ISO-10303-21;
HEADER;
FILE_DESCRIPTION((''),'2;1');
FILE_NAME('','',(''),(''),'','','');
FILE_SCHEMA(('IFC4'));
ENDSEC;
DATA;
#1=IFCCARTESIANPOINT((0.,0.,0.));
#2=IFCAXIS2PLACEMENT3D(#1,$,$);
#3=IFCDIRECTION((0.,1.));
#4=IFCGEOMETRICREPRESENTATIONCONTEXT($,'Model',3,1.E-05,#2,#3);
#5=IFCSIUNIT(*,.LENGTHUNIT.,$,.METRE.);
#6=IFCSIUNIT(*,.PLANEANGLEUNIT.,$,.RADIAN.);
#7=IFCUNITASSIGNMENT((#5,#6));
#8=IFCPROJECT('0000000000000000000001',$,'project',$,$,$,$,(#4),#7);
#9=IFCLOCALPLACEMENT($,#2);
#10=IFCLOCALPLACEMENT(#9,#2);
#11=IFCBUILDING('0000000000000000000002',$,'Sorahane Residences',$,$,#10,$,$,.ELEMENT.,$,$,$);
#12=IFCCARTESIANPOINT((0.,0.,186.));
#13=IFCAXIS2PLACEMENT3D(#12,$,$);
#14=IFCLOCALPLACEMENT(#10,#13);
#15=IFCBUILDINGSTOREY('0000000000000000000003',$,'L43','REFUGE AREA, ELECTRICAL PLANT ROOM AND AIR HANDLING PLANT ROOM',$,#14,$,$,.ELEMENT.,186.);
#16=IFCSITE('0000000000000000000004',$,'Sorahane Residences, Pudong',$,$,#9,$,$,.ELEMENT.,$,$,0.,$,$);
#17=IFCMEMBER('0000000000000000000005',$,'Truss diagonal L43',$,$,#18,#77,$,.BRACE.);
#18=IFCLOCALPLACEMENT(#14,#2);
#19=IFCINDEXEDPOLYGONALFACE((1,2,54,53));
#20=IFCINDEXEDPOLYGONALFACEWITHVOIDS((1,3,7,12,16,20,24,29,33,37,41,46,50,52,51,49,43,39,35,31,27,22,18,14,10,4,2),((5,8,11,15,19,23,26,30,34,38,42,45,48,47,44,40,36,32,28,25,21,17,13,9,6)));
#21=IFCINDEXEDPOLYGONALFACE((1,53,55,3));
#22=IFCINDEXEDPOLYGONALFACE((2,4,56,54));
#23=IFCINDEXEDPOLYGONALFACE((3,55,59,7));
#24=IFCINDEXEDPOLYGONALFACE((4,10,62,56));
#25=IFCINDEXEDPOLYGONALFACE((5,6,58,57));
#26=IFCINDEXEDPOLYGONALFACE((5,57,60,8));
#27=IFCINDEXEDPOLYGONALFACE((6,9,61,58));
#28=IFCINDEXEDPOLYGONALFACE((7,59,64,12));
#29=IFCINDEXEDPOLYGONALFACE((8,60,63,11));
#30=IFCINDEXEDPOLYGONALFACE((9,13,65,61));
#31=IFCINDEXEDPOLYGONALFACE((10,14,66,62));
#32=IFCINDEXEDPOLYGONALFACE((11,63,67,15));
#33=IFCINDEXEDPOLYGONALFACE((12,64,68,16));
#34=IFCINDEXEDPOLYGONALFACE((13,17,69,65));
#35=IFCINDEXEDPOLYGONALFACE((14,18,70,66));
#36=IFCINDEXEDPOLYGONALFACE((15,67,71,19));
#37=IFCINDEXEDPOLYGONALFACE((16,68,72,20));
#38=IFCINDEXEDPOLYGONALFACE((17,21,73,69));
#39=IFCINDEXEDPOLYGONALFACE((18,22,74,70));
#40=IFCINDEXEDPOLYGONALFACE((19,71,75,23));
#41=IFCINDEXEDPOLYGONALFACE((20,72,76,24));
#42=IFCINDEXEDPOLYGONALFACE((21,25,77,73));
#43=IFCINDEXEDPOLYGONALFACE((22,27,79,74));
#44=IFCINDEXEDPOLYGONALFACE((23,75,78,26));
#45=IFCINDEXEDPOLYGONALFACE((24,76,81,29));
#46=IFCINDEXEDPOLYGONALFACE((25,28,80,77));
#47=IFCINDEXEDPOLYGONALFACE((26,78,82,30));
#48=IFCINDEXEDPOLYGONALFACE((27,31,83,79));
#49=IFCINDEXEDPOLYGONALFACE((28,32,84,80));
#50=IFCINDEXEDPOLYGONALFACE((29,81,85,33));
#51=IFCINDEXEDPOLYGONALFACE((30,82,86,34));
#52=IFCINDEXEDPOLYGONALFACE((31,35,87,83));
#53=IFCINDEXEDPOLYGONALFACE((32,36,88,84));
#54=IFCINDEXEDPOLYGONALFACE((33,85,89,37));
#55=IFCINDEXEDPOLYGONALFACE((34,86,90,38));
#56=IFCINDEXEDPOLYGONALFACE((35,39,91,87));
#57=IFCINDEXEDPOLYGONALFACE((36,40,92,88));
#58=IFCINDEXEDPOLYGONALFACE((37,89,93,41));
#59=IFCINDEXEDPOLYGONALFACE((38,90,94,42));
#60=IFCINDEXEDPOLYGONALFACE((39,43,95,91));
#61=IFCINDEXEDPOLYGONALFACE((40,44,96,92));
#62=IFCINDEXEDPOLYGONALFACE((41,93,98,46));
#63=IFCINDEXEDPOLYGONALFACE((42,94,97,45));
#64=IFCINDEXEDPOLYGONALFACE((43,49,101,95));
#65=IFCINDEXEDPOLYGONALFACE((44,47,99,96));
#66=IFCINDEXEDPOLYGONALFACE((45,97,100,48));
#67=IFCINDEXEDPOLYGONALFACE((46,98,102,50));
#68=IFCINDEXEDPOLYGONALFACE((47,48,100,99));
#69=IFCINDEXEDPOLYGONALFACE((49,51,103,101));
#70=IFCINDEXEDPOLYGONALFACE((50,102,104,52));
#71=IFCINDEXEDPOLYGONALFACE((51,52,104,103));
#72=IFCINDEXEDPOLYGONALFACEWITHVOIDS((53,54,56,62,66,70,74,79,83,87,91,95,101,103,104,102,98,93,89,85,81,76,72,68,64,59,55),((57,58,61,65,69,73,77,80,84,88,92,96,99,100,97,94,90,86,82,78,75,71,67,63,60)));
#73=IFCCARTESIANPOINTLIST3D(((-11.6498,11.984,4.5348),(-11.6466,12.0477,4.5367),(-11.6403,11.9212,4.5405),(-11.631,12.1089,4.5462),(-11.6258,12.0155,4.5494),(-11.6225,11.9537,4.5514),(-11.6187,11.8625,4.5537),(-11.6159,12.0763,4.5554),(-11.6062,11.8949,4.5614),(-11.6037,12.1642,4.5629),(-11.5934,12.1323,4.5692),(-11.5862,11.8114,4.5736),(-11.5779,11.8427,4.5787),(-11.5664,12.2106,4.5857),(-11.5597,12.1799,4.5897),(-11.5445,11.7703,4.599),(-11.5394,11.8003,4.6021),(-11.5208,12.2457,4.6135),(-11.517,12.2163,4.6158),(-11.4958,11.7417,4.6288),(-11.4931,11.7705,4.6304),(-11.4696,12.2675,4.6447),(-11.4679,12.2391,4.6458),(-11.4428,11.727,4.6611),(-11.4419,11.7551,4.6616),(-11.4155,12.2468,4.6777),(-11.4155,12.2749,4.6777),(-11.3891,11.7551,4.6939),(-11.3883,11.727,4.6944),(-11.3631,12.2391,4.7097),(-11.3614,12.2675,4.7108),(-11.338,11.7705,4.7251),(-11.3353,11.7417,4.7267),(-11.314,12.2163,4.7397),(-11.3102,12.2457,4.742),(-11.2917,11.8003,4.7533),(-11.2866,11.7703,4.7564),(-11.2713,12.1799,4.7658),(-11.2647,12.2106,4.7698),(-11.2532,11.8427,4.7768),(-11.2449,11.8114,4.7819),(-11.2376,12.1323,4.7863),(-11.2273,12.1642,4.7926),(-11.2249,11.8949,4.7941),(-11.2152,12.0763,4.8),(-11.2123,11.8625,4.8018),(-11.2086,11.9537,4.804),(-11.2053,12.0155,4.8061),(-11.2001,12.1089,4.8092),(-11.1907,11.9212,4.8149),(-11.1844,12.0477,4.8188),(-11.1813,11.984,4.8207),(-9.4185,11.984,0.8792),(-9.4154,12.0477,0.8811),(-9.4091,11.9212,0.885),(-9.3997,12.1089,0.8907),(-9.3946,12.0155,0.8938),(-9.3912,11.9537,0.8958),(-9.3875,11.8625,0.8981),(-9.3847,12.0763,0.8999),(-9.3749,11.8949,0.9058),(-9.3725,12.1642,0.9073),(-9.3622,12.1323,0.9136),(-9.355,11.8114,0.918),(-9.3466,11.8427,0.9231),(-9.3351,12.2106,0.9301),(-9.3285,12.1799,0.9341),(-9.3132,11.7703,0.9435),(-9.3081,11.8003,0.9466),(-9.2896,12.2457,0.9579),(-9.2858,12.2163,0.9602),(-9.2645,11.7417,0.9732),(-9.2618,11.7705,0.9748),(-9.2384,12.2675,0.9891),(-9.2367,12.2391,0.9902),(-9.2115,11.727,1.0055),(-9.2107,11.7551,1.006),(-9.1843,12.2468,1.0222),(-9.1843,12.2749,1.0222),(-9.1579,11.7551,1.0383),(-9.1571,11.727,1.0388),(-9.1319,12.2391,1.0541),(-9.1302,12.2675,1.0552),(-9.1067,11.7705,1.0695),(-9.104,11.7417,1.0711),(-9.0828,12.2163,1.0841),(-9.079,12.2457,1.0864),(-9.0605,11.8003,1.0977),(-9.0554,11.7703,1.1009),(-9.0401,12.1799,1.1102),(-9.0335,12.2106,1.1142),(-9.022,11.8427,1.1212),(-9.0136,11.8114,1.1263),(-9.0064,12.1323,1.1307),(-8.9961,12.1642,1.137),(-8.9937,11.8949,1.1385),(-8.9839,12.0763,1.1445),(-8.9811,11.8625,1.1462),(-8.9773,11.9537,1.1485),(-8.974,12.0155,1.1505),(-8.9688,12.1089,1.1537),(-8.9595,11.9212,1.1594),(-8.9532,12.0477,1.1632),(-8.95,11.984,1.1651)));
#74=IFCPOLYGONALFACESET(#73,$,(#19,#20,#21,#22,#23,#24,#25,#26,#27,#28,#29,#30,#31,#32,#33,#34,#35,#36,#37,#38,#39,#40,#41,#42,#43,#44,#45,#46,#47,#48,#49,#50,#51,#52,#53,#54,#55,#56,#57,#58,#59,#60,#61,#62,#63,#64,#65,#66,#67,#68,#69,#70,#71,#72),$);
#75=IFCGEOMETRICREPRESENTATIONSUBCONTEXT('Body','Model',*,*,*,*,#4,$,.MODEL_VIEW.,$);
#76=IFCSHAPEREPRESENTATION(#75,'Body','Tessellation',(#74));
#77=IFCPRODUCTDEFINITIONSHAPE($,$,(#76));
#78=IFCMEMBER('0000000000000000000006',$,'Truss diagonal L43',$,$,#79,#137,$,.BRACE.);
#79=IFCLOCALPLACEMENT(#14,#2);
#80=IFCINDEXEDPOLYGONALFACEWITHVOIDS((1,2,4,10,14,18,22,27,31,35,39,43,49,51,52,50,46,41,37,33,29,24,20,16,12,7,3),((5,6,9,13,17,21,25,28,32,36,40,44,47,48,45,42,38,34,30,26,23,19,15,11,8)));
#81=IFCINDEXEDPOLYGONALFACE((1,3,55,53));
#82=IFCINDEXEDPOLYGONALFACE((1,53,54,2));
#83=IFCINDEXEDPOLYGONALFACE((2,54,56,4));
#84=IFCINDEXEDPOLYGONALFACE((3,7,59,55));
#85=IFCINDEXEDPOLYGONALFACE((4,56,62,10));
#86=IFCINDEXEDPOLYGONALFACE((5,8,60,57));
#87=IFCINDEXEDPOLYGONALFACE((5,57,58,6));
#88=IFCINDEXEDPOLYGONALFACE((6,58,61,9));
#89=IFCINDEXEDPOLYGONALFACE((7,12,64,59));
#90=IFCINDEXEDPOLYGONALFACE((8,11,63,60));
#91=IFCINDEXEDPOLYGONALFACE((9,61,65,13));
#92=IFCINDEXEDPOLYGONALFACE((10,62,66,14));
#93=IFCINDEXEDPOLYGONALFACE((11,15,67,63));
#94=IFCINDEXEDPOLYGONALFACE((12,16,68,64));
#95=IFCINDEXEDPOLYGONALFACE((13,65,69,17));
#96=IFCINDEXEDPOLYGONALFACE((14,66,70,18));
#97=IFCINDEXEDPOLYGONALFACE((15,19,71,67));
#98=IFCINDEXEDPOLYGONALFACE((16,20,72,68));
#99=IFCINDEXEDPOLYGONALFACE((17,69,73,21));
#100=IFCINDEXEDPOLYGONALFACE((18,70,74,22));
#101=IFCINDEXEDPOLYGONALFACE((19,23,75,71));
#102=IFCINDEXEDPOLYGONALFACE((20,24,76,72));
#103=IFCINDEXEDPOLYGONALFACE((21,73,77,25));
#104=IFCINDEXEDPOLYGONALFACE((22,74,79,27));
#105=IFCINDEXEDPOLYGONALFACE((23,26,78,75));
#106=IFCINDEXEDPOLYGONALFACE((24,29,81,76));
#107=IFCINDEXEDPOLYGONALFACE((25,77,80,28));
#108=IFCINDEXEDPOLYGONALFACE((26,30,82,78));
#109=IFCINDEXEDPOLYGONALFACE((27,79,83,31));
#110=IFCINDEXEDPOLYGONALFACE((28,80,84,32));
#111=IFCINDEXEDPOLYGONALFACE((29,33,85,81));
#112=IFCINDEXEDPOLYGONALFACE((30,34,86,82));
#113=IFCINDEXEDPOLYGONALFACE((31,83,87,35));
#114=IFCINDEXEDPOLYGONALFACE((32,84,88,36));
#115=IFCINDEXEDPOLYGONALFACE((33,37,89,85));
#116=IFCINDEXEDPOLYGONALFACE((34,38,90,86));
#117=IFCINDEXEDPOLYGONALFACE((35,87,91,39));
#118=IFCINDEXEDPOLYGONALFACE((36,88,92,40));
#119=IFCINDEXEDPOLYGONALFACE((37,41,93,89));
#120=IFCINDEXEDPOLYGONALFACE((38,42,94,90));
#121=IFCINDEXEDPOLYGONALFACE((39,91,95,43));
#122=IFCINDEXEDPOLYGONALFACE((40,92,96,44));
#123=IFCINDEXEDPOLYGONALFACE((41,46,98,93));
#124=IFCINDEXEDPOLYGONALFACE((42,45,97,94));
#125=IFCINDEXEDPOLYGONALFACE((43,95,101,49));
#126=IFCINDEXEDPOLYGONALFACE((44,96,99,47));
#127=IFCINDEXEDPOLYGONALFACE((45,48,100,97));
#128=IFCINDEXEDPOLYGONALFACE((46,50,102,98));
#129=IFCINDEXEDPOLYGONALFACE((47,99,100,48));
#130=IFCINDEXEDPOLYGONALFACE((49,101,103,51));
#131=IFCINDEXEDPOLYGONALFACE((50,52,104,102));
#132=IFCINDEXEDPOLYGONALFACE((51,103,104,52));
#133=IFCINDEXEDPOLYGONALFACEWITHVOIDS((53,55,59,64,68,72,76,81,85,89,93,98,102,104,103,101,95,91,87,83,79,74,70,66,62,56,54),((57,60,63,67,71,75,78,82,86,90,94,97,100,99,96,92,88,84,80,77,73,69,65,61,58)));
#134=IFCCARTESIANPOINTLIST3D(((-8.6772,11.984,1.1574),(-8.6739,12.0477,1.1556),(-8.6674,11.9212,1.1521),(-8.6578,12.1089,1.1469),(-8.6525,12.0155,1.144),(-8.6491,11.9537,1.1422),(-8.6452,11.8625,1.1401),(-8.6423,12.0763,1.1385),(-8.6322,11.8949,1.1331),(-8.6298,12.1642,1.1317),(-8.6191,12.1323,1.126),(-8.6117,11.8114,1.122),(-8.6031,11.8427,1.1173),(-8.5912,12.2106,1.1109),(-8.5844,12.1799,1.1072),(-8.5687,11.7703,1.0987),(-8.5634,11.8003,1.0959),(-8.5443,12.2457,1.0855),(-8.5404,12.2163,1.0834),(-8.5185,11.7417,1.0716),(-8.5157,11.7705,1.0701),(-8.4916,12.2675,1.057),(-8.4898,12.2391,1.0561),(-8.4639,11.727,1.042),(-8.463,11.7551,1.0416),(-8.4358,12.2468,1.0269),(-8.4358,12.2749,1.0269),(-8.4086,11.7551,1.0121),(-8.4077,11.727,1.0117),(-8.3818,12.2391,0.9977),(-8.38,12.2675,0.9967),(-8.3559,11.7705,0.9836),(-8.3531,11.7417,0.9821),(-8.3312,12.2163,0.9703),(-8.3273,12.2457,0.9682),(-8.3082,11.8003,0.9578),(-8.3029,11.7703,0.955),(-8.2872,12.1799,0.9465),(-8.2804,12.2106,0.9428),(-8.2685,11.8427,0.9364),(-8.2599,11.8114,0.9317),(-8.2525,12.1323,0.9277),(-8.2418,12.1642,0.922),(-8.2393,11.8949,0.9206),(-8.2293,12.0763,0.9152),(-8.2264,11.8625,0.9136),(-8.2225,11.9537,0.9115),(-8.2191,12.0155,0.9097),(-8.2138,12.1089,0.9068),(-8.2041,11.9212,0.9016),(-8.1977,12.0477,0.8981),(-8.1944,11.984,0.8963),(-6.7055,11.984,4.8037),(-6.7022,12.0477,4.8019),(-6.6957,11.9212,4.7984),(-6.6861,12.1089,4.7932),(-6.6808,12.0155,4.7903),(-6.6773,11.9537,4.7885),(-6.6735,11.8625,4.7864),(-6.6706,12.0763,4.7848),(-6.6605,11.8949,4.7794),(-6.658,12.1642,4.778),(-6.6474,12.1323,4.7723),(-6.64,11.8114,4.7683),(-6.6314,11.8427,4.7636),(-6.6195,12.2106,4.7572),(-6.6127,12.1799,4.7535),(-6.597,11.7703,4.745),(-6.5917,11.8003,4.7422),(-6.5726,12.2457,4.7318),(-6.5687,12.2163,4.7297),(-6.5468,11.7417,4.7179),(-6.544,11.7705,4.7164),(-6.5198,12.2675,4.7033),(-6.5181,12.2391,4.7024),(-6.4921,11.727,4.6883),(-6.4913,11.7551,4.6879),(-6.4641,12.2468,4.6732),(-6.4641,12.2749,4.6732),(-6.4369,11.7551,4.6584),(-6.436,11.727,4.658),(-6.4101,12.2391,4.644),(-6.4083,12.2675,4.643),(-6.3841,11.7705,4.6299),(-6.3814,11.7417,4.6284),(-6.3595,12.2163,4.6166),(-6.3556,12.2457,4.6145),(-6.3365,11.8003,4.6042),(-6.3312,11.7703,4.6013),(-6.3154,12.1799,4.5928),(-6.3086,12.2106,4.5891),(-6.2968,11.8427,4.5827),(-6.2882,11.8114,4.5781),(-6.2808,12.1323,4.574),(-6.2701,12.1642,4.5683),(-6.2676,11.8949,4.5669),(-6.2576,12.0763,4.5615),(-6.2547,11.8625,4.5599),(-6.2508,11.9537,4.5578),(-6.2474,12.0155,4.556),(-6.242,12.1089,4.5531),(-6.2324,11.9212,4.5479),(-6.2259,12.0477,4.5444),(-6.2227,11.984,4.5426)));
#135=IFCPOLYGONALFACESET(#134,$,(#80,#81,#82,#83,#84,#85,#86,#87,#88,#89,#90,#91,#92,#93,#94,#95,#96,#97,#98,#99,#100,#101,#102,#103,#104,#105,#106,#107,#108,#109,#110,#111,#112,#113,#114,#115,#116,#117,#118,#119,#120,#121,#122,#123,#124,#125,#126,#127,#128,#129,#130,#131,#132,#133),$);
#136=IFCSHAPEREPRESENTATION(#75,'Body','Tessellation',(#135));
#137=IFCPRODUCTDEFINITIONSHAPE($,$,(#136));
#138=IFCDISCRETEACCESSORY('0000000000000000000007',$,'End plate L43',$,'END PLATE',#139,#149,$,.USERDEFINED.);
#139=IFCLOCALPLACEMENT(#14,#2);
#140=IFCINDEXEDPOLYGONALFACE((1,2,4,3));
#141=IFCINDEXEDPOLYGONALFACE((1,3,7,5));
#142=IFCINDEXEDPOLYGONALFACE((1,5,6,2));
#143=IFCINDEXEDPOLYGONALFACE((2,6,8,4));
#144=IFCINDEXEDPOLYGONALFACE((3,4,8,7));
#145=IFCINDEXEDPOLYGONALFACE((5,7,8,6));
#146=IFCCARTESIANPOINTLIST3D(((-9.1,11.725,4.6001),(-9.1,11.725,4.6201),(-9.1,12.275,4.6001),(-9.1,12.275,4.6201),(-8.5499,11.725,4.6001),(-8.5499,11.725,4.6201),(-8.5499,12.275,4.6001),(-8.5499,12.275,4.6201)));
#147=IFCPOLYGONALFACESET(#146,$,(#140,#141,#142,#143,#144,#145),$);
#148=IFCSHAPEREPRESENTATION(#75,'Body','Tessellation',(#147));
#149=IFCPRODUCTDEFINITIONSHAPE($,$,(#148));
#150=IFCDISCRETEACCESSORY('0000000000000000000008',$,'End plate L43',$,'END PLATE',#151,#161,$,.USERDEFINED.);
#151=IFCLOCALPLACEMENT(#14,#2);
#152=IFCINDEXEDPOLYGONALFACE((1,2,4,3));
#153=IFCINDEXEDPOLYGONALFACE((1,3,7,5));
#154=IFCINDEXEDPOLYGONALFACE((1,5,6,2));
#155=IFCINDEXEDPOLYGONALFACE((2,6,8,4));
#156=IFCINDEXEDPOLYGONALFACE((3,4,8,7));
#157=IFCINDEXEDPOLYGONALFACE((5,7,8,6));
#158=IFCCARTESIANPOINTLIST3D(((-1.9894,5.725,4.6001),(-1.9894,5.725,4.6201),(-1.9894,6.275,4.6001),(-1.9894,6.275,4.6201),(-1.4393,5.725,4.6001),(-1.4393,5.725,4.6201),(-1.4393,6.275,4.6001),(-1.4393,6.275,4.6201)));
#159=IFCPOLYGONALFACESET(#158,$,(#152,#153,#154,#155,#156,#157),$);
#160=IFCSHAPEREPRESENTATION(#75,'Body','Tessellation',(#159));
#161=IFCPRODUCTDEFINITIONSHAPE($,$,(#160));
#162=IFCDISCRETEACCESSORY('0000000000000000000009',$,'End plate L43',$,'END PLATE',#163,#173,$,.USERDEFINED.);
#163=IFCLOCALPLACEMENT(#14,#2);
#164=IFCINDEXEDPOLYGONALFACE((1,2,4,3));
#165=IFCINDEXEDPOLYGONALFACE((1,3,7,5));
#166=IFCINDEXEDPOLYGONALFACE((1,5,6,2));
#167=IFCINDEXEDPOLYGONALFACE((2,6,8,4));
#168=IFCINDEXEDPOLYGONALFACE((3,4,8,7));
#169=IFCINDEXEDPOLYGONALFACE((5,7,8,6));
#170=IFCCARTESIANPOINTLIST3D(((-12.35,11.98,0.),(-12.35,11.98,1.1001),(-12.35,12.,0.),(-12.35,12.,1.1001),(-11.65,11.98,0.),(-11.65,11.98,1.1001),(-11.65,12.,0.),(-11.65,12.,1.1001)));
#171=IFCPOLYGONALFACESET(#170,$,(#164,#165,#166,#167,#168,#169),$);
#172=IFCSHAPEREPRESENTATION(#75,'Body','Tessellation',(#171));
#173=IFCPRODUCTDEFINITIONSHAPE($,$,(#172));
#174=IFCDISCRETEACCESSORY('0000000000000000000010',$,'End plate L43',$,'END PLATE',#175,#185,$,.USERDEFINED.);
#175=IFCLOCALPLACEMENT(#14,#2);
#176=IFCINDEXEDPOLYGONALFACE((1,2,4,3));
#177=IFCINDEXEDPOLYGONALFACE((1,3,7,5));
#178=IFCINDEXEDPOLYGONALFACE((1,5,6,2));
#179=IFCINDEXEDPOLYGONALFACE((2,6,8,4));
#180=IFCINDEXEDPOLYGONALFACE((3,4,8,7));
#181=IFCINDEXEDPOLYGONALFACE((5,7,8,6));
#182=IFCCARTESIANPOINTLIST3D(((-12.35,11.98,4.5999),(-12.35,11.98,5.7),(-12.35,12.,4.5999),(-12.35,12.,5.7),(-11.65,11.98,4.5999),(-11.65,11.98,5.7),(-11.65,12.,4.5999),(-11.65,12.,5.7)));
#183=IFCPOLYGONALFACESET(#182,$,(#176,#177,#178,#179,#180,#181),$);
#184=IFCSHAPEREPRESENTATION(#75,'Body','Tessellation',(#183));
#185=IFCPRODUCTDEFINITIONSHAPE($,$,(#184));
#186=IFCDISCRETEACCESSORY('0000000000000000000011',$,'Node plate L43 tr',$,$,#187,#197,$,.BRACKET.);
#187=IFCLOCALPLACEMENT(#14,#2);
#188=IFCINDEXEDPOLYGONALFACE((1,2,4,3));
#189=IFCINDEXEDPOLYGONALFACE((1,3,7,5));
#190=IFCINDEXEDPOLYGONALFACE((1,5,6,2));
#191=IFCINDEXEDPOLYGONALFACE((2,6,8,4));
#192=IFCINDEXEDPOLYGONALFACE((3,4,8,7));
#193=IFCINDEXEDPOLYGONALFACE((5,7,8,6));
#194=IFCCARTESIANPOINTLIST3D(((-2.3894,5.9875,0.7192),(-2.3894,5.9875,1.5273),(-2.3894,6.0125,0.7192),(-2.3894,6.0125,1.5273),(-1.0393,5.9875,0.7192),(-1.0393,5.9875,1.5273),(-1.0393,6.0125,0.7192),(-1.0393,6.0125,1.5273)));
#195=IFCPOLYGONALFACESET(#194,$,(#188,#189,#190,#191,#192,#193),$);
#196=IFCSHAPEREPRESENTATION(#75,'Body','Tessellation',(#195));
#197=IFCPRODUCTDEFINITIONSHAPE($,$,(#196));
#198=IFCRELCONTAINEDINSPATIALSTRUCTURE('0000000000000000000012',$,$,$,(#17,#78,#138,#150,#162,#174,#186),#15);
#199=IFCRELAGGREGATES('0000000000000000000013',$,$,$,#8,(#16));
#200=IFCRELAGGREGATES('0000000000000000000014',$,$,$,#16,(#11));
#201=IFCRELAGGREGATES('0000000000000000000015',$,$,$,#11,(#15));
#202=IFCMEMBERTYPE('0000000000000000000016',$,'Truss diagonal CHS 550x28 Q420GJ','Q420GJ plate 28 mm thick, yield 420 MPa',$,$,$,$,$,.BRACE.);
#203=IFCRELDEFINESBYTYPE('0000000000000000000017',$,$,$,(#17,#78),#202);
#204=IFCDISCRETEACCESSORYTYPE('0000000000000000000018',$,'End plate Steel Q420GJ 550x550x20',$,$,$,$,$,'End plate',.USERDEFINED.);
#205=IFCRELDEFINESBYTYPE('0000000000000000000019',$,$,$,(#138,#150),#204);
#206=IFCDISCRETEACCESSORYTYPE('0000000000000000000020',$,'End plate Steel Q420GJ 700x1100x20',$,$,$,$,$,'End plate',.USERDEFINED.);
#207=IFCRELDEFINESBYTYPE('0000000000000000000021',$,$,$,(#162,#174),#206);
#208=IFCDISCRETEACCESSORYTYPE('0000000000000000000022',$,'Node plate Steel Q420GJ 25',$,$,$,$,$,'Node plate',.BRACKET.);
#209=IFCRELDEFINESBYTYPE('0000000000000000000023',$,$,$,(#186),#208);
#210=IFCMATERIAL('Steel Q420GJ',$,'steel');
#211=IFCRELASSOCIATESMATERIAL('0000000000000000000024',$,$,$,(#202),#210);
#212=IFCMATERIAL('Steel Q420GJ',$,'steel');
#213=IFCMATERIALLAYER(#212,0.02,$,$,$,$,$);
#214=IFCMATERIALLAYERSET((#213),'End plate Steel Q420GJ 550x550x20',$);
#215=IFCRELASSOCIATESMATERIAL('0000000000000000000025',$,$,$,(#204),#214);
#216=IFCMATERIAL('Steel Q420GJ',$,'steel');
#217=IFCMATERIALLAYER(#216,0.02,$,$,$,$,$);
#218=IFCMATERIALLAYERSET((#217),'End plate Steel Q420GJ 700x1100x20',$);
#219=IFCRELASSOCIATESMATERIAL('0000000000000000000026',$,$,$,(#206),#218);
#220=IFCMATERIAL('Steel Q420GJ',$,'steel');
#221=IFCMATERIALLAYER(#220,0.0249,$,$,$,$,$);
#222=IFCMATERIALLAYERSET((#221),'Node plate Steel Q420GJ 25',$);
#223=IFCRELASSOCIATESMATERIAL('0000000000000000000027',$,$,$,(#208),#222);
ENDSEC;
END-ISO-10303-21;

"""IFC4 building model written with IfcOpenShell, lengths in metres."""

from ifc_helpers import new_model, si_unit, direction, frame, origin, origin_2d, place, context, subcontext, project, spatial, rectangle, hollow_circle, extrude, material, layer, layer_set, material_profile, profile_set, type_object, element, save


model = new_model("IFC4")

# Units and contexts
model_context = context("Model", 3, precision=1e-05, world=origin(), true_north=direction((0.0, 1.0)))
body_context = subcontext(model_context, "Body", "Model", "MODEL_VIEW")
ifc_project = project(units=[si_unit("LENGTHUNIT", "METRE"), si_unit("PLANEANGLEUNIT", "RADIAN")], contexts=[model_context])

# Site, building, storey
site_placement = place(None, origin())
site = spatial("IfcSite", under=ifc_project, at=site_placement, Name="Sorahane Residences, Pudong", CompositionType="ELEMENT", RefElevation=0.0)
building_placement = place(site_placement, origin())
building = spatial("IfcBuilding", under=site, at=building_placement, Name="Sorahane Residences", CompositionType="ELEMENT")
storey_placement = place(building_placement, frame((0.0, 0.0, 186.0)))
storey = spatial("IfcBuildingStorey", under=building, at=storey_placement, Name="L43", Description="REFUGE AREA, ELECTRICAL PLANT ROOM AND AIR HANDLING PLANT ROOM", CompositionType="ELEMENT", Elevation=186.0)

# Members
ifc_material_1 = material(Name="Steel Q420GJ", Category="steel")
ifc_material_profile_1 = material_profile(ifc_material_1, hollow_circle(Radius=0.2749, WallThickness=0.0281, at=origin_2d()), Name="CHS 550x28")
ifc_profile_set_1 = profile_set([ifc_material_profile_1], Name="Steel Q420GJ")
member_type = type_object("IfcMemberType", Name="Truss diagonal CHS 550x28 Q420GJ", Description="Q420GJ plate 28 mm thick, yield 420 MPa", PredefinedType="BRACE", material=ifc_profile_set_1)
member_1_placement = place(storey_placement, frame((-11.4155, 12.0, 4.6777), z_axis=(0.520986, 0.0, -0.853565), x_axis=(0.0, 1.0, 0.0)))
element("IfcMember", 1, at=member_1_placement, inside=storey, type_object=member_type, Name="Truss diagonal L43", PredefinedType="BRACE", context=body_context, shape_type="SweptSolid", body=[
    extrude(hollow_circle(Radius=0.2749, WallThickness=0.0281, at=origin_2d()), origin(), (0.0, 0.0, 1.0), 4.2827),
])
member_2_placement = place(storey_placement, frame((-8.4358, 12.0, 1.0269), z_axis=(0.475655, 0.0, 0.879632), x_axis=(0.0, 1.0, 0.0)))
element("IfcMember", 2, at=member_2_placement, inside=storey, type_object=member_type, Name="Truss diagonal L43", PredefinedType="BRACE", context=body_context, shape_type="SweptSolid", body=[
    extrude(hollow_circle(Radius=0.2749, WallThickness=0.0281, at=origin_2d()), origin(), (0.0, 0.0, 1.0), 4.1453),
])

# Discrete accessories
ifc_material_2 = material(Name="Steel Q420GJ", Category="steel")
ifc_layer_1 = layer(ifc_material_2, 0.02)
ifc_layer_set_1 = layer_set([ifc_layer_1], Name="End plate Steel Q420GJ 550x550x20")
discrete_accessory_type_1 = type_object("IfcDiscreteAccessoryType", Name="End plate Steel Q420GJ 550x550x20", ElementType="End plate", PredefinedType="USERDEFINED", material=ifc_layer_set_1)
for number, where, z_axis, x_axis, name in (
    (3, (-8.825, 12.0, 4.6001), (0.0, 0.0, 1.0), (1.0, 0.0, 0.0), "End plate L43"),
    (4, (-1.7144, 6.0, 4.6001), (0.0, 0.0, 1.0), (1.0, 0.0, 0.0), "End plate L43"),
):
    element("IfcDiscreteAccessory", number, at=place(storey_placement, frame(where, z_axis=z_axis, x_axis=x_axis)), inside=storey, type_object=discrete_accessory_type_1, Name=name, ObjectType="END PLATE", PredefinedType="USERDEFINED", context=body_context, shape_type="SweptSolid", body=[
        extrude(rectangle(XDim=0.55, YDim=0.55, at=origin_2d()), origin(), (0.0, 0.0, 1.0), 0.02),
    ])
ifc_material_3 = material(Name="Steel Q420GJ", Category="steel")
ifc_layer_2 = layer(ifc_material_3, 0.02)
ifc_layer_set_2 = layer_set([ifc_layer_2], Name="End plate Steel Q420GJ 700x1100x20")
discrete_accessory_type_2 = type_object("IfcDiscreteAccessoryType", Name="End plate Steel Q420GJ 700x1100x20", ElementType="End plate", PredefinedType="USERDEFINED", material=ifc_layer_set_2)
for number, where, z_axis, x_axis, name in (
    (5, (-12.0, 11.99, 0.0), (0.0, 0.0, 1.0), (0.0, 1.0, 0.0), "End plate L43"),
    (6, (-12.0, 11.99, 4.5999), (0.0, 0.0, 1.0), (0.0, 1.0, 0.0), "End plate L43"),
):
    element("IfcDiscreteAccessory", number, at=place(storey_placement, frame(where, z_axis=z_axis, x_axis=x_axis)), inside=storey, type_object=discrete_accessory_type_2, Name=name, ObjectType="END PLATE", PredefinedType="USERDEFINED", context=body_context, shape_type="SweptSolid", body=[
        extrude(rectangle(XDim=0.02, YDim=0.7, at=origin_2d()), origin(), (0.0, 0.0, 1.0), 1.1001),
    ])
ifc_material_4 = material(Name="Steel Q420GJ", Category="steel")
ifc_layer_3 = layer(ifc_material_4, 0.0249)
ifc_layer_set_3 = layer_set([ifc_layer_3], Name="Node plate Steel Q420GJ 25")
discrete_accessory_type_3 = type_object("IfcDiscreteAccessoryType", Name="Node plate Steel Q420GJ 25", ElementType="Node plate", PredefinedType="BRACKET", material=ifc_layer_set_3)
discrete_accessory_1_placement = place(storey_placement, frame((-1.7144, 6.0, 0.7192), z_axis=(0.0, 0.0, 1.0), x_axis=(1.0, 0.0, 0.0)))
element("IfcDiscreteAccessory", 7, at=discrete_accessory_1_placement, inside=storey, type_object=discrete_accessory_type_3, Name="Node plate L43 tr", PredefinedType="BRACKET", context=body_context, shape_type="SweptSolid", body=[
    extrude(rectangle(XDim=1.3501, YDim=0.0249, at=origin_2d()), origin(), (0.0, 0.0, 1.0), 0.8081),
])

save(model, "model.ifc")
